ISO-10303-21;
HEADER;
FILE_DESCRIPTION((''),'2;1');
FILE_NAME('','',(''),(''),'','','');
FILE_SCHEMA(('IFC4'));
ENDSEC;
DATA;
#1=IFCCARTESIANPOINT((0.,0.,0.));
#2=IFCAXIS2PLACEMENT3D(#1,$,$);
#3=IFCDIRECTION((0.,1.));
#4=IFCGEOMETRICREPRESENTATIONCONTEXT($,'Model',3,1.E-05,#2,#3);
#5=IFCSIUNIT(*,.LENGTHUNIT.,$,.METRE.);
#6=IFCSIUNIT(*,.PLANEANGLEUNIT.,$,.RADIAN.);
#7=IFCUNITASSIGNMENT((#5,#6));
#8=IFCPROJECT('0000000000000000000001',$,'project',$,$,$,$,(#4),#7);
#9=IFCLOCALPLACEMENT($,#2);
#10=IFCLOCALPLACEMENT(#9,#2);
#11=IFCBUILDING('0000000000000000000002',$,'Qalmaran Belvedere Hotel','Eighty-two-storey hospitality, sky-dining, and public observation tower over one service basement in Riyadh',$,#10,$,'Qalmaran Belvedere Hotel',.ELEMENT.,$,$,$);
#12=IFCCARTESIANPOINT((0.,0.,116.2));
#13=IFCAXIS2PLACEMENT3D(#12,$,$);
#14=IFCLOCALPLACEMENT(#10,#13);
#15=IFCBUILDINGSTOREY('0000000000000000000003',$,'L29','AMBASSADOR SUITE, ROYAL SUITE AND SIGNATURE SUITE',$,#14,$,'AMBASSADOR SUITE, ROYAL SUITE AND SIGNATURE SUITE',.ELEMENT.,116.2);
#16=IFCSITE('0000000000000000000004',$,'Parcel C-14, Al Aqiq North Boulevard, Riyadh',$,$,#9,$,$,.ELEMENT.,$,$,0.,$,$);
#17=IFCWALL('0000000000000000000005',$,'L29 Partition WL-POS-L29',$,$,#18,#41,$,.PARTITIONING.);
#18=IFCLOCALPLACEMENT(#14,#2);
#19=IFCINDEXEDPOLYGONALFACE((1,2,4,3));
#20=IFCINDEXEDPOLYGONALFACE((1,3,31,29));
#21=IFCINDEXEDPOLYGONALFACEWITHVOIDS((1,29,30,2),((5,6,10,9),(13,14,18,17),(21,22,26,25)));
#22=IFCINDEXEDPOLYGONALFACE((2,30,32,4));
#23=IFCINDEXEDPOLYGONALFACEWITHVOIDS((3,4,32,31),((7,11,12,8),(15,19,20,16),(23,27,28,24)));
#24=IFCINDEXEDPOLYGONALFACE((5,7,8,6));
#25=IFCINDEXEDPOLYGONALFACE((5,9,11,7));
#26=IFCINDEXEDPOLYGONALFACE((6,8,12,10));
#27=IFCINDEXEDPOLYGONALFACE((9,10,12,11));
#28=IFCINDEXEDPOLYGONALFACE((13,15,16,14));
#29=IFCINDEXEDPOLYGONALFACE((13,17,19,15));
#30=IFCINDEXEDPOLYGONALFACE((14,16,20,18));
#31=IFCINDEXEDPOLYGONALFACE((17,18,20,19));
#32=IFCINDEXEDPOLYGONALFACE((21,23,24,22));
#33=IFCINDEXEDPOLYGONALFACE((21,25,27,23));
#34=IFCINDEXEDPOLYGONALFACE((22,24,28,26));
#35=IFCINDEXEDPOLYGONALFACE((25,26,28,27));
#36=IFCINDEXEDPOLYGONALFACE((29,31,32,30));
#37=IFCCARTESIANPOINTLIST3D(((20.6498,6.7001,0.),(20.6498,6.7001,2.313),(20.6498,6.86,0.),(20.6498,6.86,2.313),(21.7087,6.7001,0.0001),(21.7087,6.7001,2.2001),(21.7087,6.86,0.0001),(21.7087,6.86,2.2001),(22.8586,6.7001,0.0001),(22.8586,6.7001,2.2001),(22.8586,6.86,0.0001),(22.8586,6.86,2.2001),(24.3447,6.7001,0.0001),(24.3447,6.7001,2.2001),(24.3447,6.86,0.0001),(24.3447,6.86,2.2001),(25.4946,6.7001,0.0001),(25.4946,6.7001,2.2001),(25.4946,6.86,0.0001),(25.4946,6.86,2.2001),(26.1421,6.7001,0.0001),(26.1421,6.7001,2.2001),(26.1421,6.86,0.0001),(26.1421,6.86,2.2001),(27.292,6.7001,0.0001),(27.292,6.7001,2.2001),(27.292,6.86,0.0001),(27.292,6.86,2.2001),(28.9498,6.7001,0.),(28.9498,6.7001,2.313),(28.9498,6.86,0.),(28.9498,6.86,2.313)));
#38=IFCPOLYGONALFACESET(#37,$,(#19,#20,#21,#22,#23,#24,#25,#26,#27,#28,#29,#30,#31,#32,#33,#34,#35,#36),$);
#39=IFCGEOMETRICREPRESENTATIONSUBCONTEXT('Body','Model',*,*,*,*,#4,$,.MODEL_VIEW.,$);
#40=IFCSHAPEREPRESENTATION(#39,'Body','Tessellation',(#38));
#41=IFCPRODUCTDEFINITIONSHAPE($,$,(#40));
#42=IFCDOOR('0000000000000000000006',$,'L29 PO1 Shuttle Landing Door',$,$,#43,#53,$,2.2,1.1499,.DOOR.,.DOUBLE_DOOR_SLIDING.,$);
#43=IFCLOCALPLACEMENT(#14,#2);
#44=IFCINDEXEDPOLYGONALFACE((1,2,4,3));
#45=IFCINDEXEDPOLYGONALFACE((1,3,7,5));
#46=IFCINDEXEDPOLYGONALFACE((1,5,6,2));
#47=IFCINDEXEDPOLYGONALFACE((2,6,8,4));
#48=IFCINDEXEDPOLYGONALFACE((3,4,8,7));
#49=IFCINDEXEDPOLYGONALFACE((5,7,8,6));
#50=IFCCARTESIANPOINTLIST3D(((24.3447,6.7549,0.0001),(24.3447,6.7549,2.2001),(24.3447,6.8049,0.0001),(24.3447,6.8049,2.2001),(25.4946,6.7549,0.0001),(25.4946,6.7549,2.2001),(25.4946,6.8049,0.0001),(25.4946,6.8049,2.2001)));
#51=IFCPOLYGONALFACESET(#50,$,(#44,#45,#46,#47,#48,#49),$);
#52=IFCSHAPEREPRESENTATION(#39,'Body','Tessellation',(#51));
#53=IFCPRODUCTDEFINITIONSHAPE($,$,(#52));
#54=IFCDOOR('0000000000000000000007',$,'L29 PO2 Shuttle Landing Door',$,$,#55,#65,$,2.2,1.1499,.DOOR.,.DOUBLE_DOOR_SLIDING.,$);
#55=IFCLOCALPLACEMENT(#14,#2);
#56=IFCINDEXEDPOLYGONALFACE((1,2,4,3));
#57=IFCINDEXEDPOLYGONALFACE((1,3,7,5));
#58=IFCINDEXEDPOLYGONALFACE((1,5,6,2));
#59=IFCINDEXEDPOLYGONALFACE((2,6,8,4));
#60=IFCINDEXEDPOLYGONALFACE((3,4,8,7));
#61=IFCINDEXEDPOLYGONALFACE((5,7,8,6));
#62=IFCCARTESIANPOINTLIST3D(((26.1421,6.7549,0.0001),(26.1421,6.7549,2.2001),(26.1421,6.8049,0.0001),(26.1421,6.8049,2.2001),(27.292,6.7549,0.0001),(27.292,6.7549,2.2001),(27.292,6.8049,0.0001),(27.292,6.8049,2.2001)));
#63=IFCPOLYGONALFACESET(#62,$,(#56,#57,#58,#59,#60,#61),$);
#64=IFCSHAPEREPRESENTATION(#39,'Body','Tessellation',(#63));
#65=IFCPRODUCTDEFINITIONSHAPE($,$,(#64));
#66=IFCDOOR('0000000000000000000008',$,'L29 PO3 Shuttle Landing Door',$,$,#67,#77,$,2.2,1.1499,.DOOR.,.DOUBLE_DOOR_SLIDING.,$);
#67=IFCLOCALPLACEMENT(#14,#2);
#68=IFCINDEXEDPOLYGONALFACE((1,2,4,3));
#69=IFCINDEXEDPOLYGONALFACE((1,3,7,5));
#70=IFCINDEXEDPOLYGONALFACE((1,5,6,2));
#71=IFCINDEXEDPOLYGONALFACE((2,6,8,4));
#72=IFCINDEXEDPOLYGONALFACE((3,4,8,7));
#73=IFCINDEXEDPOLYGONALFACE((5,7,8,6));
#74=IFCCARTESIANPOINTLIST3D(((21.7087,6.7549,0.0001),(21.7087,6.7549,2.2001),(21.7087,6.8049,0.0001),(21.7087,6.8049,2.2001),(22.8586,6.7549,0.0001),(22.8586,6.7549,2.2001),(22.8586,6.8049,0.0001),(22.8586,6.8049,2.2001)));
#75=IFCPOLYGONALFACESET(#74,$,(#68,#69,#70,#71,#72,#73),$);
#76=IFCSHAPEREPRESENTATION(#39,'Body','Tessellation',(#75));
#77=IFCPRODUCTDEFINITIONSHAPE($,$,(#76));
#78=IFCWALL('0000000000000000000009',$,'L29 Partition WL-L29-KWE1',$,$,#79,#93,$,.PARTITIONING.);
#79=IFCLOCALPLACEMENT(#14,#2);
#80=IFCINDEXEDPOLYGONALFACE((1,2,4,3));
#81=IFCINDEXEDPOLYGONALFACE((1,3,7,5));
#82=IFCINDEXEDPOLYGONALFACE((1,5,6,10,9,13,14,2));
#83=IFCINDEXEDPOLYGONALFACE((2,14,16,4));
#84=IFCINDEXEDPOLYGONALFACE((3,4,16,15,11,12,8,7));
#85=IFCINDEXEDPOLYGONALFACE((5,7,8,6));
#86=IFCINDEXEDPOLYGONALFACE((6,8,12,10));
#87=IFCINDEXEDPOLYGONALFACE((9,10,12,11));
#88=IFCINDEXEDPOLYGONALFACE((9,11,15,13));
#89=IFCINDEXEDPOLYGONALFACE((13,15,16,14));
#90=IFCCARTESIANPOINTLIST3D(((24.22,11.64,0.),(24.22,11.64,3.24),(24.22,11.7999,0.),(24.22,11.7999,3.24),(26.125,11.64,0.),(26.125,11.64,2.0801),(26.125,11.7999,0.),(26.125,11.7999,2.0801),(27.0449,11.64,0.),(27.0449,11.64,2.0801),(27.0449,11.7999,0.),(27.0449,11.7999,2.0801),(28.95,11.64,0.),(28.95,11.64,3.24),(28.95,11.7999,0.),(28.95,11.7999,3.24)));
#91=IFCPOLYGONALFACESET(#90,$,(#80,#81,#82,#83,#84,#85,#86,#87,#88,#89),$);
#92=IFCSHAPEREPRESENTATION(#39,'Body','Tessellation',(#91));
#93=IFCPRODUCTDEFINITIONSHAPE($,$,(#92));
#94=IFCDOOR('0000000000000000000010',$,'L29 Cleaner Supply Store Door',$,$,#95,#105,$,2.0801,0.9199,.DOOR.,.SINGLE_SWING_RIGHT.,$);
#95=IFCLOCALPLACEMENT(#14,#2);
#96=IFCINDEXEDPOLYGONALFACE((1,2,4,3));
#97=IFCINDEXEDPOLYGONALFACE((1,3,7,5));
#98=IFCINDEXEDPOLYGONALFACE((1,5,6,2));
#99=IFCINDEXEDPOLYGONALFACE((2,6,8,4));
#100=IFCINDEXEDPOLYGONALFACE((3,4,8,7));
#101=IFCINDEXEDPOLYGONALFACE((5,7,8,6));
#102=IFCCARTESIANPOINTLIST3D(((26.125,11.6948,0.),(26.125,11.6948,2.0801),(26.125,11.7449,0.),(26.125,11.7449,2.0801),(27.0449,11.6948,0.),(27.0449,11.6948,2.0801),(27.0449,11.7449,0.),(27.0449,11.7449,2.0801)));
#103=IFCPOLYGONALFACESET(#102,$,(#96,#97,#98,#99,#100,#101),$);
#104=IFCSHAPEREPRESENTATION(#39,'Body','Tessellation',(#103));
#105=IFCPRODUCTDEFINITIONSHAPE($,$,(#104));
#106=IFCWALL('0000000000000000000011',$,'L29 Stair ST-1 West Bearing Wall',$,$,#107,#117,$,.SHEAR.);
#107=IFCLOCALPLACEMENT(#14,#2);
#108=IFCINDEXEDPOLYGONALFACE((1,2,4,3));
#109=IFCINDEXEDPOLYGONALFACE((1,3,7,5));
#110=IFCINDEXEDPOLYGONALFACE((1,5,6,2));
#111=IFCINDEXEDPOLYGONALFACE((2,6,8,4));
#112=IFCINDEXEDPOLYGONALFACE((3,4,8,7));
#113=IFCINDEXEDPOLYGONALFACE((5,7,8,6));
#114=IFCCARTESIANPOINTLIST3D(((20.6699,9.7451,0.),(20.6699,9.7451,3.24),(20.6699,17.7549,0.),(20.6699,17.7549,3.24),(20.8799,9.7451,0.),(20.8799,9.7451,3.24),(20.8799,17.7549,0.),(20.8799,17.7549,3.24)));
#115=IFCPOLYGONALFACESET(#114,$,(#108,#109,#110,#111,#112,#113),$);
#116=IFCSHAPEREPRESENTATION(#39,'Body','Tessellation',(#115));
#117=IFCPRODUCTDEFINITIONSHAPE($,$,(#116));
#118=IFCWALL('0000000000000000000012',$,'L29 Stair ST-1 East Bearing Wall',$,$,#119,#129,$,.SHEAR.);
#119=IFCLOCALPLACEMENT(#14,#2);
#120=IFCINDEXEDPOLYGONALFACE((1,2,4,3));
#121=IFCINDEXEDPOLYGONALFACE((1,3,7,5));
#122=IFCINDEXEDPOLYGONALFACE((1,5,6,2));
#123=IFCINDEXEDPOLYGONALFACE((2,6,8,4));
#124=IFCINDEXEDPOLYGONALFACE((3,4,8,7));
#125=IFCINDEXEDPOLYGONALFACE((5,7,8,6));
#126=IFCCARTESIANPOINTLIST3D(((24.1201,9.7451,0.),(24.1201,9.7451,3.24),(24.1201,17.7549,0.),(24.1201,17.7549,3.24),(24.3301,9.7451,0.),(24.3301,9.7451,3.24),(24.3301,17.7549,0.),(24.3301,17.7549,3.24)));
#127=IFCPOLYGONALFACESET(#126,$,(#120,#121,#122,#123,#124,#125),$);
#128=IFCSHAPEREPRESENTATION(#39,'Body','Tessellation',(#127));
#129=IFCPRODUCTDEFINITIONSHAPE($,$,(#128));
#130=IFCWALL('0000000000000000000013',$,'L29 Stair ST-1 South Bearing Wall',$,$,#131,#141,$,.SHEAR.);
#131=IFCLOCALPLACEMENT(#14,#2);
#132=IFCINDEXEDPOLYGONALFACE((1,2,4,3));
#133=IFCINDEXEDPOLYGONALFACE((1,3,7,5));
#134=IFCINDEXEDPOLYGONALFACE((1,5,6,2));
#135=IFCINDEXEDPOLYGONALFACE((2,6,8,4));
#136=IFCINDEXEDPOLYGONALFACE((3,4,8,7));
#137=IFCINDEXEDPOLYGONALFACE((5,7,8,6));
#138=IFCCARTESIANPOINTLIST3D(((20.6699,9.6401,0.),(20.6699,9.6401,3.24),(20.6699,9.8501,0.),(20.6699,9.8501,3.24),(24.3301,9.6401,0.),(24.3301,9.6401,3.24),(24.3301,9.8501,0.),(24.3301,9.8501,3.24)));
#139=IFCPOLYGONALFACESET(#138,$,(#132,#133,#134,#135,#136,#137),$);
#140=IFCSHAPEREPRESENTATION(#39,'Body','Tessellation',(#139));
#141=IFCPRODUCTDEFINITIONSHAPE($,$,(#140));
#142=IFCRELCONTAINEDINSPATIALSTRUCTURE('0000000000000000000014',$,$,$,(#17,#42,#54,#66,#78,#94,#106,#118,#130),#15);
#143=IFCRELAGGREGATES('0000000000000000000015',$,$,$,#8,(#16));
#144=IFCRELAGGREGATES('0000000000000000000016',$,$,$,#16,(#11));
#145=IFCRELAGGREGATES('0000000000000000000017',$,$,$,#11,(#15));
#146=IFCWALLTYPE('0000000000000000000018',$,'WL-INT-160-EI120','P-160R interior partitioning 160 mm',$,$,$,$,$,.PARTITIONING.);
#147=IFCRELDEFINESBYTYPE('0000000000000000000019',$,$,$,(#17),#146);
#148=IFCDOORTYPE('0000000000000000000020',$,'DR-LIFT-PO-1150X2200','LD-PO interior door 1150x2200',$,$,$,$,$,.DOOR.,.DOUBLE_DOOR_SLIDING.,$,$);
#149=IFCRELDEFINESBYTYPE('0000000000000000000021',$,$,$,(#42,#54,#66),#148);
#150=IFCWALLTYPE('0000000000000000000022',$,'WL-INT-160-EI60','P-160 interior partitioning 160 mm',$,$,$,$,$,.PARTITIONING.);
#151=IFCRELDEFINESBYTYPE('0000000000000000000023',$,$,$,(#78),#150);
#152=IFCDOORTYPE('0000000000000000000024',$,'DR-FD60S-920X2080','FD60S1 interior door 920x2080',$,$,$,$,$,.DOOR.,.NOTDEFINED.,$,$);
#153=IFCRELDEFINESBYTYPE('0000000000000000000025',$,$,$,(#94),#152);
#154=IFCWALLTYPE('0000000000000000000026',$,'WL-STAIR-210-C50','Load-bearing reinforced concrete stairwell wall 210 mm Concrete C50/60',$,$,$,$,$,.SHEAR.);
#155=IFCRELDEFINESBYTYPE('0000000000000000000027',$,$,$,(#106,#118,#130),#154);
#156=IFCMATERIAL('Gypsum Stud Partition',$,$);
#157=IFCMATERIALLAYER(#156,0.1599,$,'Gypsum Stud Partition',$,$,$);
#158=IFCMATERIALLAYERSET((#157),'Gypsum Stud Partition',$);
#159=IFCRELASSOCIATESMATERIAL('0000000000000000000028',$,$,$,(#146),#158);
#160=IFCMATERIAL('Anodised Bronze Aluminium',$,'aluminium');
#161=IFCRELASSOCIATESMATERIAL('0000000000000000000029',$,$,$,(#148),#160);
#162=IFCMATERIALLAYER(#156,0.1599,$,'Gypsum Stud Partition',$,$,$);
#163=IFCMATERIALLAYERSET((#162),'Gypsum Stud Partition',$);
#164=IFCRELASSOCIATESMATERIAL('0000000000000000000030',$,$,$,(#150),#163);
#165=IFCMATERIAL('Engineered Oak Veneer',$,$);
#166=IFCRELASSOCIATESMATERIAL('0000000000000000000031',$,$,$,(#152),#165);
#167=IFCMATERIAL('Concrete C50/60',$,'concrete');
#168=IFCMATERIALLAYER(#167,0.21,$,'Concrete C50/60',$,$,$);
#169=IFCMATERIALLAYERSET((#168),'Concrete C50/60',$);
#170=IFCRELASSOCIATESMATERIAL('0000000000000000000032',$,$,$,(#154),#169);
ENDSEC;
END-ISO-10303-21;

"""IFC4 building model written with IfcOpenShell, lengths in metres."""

from ifc_helpers import new_model, si_unit, direction, frame, frame_2d, origin, place, context, subcontext, project, spatial, rectangle, extrude, material, layer, layer_set, type_object, element, fill, save


model = new_model("IFC4")

# Units and contexts
model_context = context("Model", 3, precision=1e-05, world=origin(), true_north=direction((0.0, 1.0)))
body_context = subcontext(model_context, "Body", "Model", "MODEL_VIEW")
ifc_project = project(units=[si_unit("LENGTHUNIT", "METRE"), si_unit("PLANEANGLEUNIT", "RADIAN")], contexts=[model_context])

# Site, building, storey
site_placement = place(None, origin())
site = spatial("IfcSite", under=ifc_project, at=site_placement, Name="Parcel C-14, Al Aqiq North Boulevard, Riyadh", CompositionType="ELEMENT", RefElevation=0.0)
building_placement = place(site_placement, origin())
building = spatial("IfcBuilding", under=site, at=building_placement, Name="Qalmaran Belvedere Hotel", Description="Eighty-two-storey hospitality, sky-dining, and public observation tower over one service basement in Riyadh", LongName="Qalmaran Belvedere Hotel", CompositionType="ELEMENT")
storey_placement = place(building_placement, frame((0.0, 0.0, 116.2)))
storey = spatial("IfcBuildingStorey", under=building, at=storey_placement, Name="L29", Description="AMBASSADOR SUITE, ROYAL SUITE AND SIGNATURE SUITE", LongName="AMBASSADOR SUITE, ROYAL SUITE AND SIGNATURE SUITE", CompositionType="ELEMENT", Elevation=116.2)

# Shared definitions
ifc_material_1 = material(Name="Anodised Bronze Aluminium", Category="aluminium")

# Shared definitions
ifc_material_2 = material(Name="Concrete C50/60", Category="concrete")
ifc_material_3 = material(Name="Gypsum Stud Partition")

# Wall, openings, doors
ifc_layer_1 = layer(ifc_material_3, 0.1599, Name="Gypsum Stud Partition")
ifc_layer_set_1 = layer_set([ifc_layer_1], Name="Gypsum Stud Partition")
wall_type_1 = type_object("IfcWallType", Name="WL-INT-160-EI120", Description="P-160R interior partitioning 160 mm", PredefinedType="PARTITIONING", material=ifc_layer_set_1)
wall_1_placement = place(storey_placement, frame((20.6499, 6.78, 0.0), z_axis=(0.0, 0.0, 1.0), x_axis=(1.0, 0.0, 0.0)))
wall_1 = element("IfcWall", 1, at=wall_1_placement, inside=storey, type_object=wall_type_1, Name="L29 Partition WL-POS-L29", PredefinedType="PARTITIONING", context=body_context, shape_type="SweptSolid", body=[
    extrude(rectangle(XDim=8.3, YDim=0.1599, at=frame_2d((4.1499, 0.0))), origin(), (0.0, 0.0, 1.0), 2.313),
])
opening_1_placement = place(wall_1_placement, frame((3.6948, 0.0, 0.0)))
opening_1 = element("IfcOpeningElement", 2, at=opening_1_placement, cuts=wall_1, PredefinedType="OPENING", context=body_context, shape_type="SweptSolid", body=[
    extrude(rectangle(XDim=1.1499, YDim=2.2, at=frame_2d((0.575, 1.1001))), frame((0.0, 0.0898, 0.0), z_axis=(0.0, -1.0, 0.0), x_axis=(1.0, 0.0, 0.0)), (0.0, 0.0, 1.0), 0.1799),
])
opening_2_placement = place(wall_1_placement, frame((5.4922, 0.0, 0.0)))
opening_2 = element("IfcOpeningElement", 3, at=opening_2_placement, cuts=wall_1, PredefinedType="OPENING", context=body_context, shape_type="SweptSolid", body=[
    extrude(rectangle(XDim=1.1499, YDim=2.2, at=frame_2d((0.575, 1.1001))), frame((0.0, 0.0898, 0.0), z_axis=(0.0, -1.0, 0.0), x_axis=(1.0, 0.0, 0.0)), (0.0, 0.0, 1.0), 0.1799),
])
opening_3_placement = place(wall_1_placement, frame((1.0588, 0.0, 0.0)))
opening_3 = element("IfcOpeningElement", 4, at=opening_3_placement, cuts=wall_1, PredefinedType="OPENING", context=body_context, shape_type="SweptSolid", body=[
    extrude(rectangle(XDim=1.1499, YDim=2.2, at=frame_2d((0.575, 1.1001))), frame((0.0, 0.0898, 0.0), z_axis=(0.0, -1.0, 0.0), x_axis=(1.0, 0.0, 0.0)), (0.0, 0.0, 1.0), 0.1799),
])
door_type_1 = type_object("IfcDoorType", Name="DR-LIFT-PO-1150X2200", Description="LD-PO interior door 1150x2200", OperationType="DOUBLE_DOOR_SLIDING", PredefinedType="DOOR", material=ifc_material_1)
door_1_placement = place(opening_1_placement, origin())
door_1 = element("IfcDoor", 5, at=door_1_placement, inside=storey, type_object=door_type_1, Name="L29 PO1 Shuttle Landing Door", OperationType="DOUBLE_DOOR_SLIDING", OverallHeight=2.2, OverallWidth=1.1499, PredefinedType="DOOR", context=body_context, shape_type="SweptSolid", body=[
    extrude(rectangle(XDim=1.1499, YDim=2.2, at=frame_2d((0.575, 1.1001))), frame((0.0, 0.0249, 0.0), z_axis=(0.0, -1.0, 0.0), x_axis=(1.0, 0.0, 0.0)), (0.0, 0.0, 1.0), 0.05),
])
fill(opening_1, door_1)
door_2_placement = place(opening_2_placement, origin())
door_2 = element("IfcDoor", 6, at=door_2_placement, inside=storey, type_object=door_type_1, Name="L29 PO2 Shuttle Landing Door", OperationType="DOUBLE_DOOR_SLIDING", OverallHeight=2.2, OverallWidth=1.1499, PredefinedType="DOOR", context=body_context, shape_type="SweptSolid", body=[
    extrude(rectangle(XDim=1.1499, YDim=2.2, at=frame_2d((0.575, 1.1001))), frame((0.0, 0.0249, 0.0), z_axis=(0.0, -1.0, 0.0), x_axis=(1.0, 0.0, 0.0)), (0.0, 0.0, 1.0), 0.05),
])
fill(opening_2, door_2)
door_3_placement = place(opening_3_placement, origin())
door_3 = element("IfcDoor", 7, at=door_3_placement, inside=storey, type_object=door_type_1, Name="L29 PO3 Shuttle Landing Door", OperationType="DOUBLE_DOOR_SLIDING", OverallHeight=2.2, OverallWidth=1.1499, PredefinedType="DOOR", context=body_context, shape_type="SweptSolid", body=[
    extrude(rectangle(XDim=1.1499, YDim=2.2, at=frame_2d((0.575, 1.1001))), frame((0.0, 0.0249, 0.0), z_axis=(0.0, -1.0, 0.0), x_axis=(1.0, 0.0, 0.0)), (0.0, 0.0, 1.0), 0.05),
])
fill(opening_3, door_3)

# Wall, opening, door
ifc_layer_2 = layer(ifc_material_3, 0.1599, Name="Gypsum Stud Partition")
ifc_layer_set_2 = layer_set([ifc_layer_2], Name="Gypsum Stud Partition")
wall_type_2 = type_object("IfcWallType", Name="WL-INT-160-EI60", Description="P-160 interior partitioning 160 mm", PredefinedType="PARTITIONING", material=ifc_layer_set_2)
wall_2_placement = place(storey_placement, frame((24.22, 11.72, 0.0), z_axis=(0.0, 0.0, 1.0), x_axis=(1.0, 0.0, 0.0)))
wall_2 = element("IfcWall", 8, at=wall_2_placement, inside=storey, type_object=wall_type_2, Name="L29 Partition WL-L29-KWE1", PredefinedType="PARTITIONING", context=body_context, shape_type="SweptSolid", body=[
    extrude(rectangle(XDim=4.73, YDim=0.1599, at=frame_2d((2.365, 0.0))), origin(), (0.0, 0.0, 1.0), 3.24),
])
opening_4_placement = place(wall_2_placement, frame((1.905, 0.0, 0.0)))
opening_4 = element("IfcOpeningElement", 9, at=opening_4_placement, cuts=wall_2, PredefinedType="OPENING", context=body_context, shape_type="SweptSolid", body=[
    extrude(rectangle(XDim=0.9199, YDim=2.0801, at=frame_2d((0.46, 1.04))), frame((0.0, 0.0898, 0.0), z_axis=(0.0, -1.0, 0.0), x_axis=(1.0, 0.0, 0.0)), (0.0, 0.0, 1.0), 0.1799),
])
ifc_material_4 = material(Name="Engineered Oak Veneer")
door_type_2 = type_object("IfcDoorType", Name="DR-FD60S-920X2080", Description="FD60S1 interior door 920x2080", OperationType="NOTDEFINED", PredefinedType="DOOR", material=ifc_material_4)
door_4_placement = place(opening_4_placement, origin())
door_4 = element("IfcDoor", 10, at=door_4_placement, inside=storey, type_object=door_type_2, Name="L29 Cleaner Supply Store Door", OperationType="SINGLE_SWING_RIGHT", OverallHeight=2.0801, OverallWidth=0.9199, PredefinedType="DOOR", context=body_context, shape_type="SweptSolid", body=[
    extrude(rectangle(XDim=0.9199, YDim=2.0801, at=frame_2d((0.46, 1.04))), frame((0.0, 0.0249, 0.0), z_axis=(0.0, -1.0, 0.0), x_axis=(1.0, 0.0, 0.0)), (0.0, 0.0, 1.0), 0.05),
])
fill(opening_4, door_4)

# Walls
ifc_layer_3 = layer(ifc_material_2, 0.21, Name="Concrete C50/60")
ifc_layer_set_3 = layer_set([ifc_layer_3], Name="Concrete C50/60")
wall_type_3 = type_object("IfcWallType", Name="WL-STAIR-210-C50", Description="Load-bearing reinforced concrete stairwell wall 210 mm Concrete C50/60", PredefinedType="SHEAR", material=ifc_layer_set_3)
for number, where, z_axis, x_axis, name in (
    (11, (20.7749, 9.7451, 0.0), (0.0, 0.0, 1.0), (0.0, 1.0, 0.0), "L29 Stair ST-1 West Bearing Wall"),
    (12, (24.2251, 9.7451, 0.0), (0.0, 0.0, 1.0), (0.0, 1.0, 0.0), "L29 Stair ST-1 East Bearing Wall"),
):
    element("IfcWall", number, at=place(storey_placement, frame(where, z_axis=z_axis, x_axis=x_axis)), inside=storey, type_object=wall_type_3, Name=name, PredefinedType="SHEAR", context=body_context, shape_type="SweptSolid", body=[
        extrude(rectangle(XDim=8.0098, YDim=0.21, at=frame_2d((4.0049, 0.0))), origin(), (0.0, 0.0, 1.0), 3.24),
    ])
wall_3_placement = place(storey_placement, frame((20.6699, 9.7451, 0.0), z_axis=(0.0, 0.0, 1.0), x_axis=(1.0, 0.0, 0.0)))
element("IfcWall", 13, at=wall_3_placement, inside=storey, type_object=wall_type_3, Name="L29 Stair ST-1 South Bearing Wall", PredefinedType="SHEAR", context=body_context, shape_type="SweptSolid", body=[
    extrude(rectangle(XDim=3.6602, YDim=0.21, at=frame_2d((1.8301, 0.0))), origin(), (0.0, 0.0, 1.0), 3.24),
])

save(model, "model.ifc")
